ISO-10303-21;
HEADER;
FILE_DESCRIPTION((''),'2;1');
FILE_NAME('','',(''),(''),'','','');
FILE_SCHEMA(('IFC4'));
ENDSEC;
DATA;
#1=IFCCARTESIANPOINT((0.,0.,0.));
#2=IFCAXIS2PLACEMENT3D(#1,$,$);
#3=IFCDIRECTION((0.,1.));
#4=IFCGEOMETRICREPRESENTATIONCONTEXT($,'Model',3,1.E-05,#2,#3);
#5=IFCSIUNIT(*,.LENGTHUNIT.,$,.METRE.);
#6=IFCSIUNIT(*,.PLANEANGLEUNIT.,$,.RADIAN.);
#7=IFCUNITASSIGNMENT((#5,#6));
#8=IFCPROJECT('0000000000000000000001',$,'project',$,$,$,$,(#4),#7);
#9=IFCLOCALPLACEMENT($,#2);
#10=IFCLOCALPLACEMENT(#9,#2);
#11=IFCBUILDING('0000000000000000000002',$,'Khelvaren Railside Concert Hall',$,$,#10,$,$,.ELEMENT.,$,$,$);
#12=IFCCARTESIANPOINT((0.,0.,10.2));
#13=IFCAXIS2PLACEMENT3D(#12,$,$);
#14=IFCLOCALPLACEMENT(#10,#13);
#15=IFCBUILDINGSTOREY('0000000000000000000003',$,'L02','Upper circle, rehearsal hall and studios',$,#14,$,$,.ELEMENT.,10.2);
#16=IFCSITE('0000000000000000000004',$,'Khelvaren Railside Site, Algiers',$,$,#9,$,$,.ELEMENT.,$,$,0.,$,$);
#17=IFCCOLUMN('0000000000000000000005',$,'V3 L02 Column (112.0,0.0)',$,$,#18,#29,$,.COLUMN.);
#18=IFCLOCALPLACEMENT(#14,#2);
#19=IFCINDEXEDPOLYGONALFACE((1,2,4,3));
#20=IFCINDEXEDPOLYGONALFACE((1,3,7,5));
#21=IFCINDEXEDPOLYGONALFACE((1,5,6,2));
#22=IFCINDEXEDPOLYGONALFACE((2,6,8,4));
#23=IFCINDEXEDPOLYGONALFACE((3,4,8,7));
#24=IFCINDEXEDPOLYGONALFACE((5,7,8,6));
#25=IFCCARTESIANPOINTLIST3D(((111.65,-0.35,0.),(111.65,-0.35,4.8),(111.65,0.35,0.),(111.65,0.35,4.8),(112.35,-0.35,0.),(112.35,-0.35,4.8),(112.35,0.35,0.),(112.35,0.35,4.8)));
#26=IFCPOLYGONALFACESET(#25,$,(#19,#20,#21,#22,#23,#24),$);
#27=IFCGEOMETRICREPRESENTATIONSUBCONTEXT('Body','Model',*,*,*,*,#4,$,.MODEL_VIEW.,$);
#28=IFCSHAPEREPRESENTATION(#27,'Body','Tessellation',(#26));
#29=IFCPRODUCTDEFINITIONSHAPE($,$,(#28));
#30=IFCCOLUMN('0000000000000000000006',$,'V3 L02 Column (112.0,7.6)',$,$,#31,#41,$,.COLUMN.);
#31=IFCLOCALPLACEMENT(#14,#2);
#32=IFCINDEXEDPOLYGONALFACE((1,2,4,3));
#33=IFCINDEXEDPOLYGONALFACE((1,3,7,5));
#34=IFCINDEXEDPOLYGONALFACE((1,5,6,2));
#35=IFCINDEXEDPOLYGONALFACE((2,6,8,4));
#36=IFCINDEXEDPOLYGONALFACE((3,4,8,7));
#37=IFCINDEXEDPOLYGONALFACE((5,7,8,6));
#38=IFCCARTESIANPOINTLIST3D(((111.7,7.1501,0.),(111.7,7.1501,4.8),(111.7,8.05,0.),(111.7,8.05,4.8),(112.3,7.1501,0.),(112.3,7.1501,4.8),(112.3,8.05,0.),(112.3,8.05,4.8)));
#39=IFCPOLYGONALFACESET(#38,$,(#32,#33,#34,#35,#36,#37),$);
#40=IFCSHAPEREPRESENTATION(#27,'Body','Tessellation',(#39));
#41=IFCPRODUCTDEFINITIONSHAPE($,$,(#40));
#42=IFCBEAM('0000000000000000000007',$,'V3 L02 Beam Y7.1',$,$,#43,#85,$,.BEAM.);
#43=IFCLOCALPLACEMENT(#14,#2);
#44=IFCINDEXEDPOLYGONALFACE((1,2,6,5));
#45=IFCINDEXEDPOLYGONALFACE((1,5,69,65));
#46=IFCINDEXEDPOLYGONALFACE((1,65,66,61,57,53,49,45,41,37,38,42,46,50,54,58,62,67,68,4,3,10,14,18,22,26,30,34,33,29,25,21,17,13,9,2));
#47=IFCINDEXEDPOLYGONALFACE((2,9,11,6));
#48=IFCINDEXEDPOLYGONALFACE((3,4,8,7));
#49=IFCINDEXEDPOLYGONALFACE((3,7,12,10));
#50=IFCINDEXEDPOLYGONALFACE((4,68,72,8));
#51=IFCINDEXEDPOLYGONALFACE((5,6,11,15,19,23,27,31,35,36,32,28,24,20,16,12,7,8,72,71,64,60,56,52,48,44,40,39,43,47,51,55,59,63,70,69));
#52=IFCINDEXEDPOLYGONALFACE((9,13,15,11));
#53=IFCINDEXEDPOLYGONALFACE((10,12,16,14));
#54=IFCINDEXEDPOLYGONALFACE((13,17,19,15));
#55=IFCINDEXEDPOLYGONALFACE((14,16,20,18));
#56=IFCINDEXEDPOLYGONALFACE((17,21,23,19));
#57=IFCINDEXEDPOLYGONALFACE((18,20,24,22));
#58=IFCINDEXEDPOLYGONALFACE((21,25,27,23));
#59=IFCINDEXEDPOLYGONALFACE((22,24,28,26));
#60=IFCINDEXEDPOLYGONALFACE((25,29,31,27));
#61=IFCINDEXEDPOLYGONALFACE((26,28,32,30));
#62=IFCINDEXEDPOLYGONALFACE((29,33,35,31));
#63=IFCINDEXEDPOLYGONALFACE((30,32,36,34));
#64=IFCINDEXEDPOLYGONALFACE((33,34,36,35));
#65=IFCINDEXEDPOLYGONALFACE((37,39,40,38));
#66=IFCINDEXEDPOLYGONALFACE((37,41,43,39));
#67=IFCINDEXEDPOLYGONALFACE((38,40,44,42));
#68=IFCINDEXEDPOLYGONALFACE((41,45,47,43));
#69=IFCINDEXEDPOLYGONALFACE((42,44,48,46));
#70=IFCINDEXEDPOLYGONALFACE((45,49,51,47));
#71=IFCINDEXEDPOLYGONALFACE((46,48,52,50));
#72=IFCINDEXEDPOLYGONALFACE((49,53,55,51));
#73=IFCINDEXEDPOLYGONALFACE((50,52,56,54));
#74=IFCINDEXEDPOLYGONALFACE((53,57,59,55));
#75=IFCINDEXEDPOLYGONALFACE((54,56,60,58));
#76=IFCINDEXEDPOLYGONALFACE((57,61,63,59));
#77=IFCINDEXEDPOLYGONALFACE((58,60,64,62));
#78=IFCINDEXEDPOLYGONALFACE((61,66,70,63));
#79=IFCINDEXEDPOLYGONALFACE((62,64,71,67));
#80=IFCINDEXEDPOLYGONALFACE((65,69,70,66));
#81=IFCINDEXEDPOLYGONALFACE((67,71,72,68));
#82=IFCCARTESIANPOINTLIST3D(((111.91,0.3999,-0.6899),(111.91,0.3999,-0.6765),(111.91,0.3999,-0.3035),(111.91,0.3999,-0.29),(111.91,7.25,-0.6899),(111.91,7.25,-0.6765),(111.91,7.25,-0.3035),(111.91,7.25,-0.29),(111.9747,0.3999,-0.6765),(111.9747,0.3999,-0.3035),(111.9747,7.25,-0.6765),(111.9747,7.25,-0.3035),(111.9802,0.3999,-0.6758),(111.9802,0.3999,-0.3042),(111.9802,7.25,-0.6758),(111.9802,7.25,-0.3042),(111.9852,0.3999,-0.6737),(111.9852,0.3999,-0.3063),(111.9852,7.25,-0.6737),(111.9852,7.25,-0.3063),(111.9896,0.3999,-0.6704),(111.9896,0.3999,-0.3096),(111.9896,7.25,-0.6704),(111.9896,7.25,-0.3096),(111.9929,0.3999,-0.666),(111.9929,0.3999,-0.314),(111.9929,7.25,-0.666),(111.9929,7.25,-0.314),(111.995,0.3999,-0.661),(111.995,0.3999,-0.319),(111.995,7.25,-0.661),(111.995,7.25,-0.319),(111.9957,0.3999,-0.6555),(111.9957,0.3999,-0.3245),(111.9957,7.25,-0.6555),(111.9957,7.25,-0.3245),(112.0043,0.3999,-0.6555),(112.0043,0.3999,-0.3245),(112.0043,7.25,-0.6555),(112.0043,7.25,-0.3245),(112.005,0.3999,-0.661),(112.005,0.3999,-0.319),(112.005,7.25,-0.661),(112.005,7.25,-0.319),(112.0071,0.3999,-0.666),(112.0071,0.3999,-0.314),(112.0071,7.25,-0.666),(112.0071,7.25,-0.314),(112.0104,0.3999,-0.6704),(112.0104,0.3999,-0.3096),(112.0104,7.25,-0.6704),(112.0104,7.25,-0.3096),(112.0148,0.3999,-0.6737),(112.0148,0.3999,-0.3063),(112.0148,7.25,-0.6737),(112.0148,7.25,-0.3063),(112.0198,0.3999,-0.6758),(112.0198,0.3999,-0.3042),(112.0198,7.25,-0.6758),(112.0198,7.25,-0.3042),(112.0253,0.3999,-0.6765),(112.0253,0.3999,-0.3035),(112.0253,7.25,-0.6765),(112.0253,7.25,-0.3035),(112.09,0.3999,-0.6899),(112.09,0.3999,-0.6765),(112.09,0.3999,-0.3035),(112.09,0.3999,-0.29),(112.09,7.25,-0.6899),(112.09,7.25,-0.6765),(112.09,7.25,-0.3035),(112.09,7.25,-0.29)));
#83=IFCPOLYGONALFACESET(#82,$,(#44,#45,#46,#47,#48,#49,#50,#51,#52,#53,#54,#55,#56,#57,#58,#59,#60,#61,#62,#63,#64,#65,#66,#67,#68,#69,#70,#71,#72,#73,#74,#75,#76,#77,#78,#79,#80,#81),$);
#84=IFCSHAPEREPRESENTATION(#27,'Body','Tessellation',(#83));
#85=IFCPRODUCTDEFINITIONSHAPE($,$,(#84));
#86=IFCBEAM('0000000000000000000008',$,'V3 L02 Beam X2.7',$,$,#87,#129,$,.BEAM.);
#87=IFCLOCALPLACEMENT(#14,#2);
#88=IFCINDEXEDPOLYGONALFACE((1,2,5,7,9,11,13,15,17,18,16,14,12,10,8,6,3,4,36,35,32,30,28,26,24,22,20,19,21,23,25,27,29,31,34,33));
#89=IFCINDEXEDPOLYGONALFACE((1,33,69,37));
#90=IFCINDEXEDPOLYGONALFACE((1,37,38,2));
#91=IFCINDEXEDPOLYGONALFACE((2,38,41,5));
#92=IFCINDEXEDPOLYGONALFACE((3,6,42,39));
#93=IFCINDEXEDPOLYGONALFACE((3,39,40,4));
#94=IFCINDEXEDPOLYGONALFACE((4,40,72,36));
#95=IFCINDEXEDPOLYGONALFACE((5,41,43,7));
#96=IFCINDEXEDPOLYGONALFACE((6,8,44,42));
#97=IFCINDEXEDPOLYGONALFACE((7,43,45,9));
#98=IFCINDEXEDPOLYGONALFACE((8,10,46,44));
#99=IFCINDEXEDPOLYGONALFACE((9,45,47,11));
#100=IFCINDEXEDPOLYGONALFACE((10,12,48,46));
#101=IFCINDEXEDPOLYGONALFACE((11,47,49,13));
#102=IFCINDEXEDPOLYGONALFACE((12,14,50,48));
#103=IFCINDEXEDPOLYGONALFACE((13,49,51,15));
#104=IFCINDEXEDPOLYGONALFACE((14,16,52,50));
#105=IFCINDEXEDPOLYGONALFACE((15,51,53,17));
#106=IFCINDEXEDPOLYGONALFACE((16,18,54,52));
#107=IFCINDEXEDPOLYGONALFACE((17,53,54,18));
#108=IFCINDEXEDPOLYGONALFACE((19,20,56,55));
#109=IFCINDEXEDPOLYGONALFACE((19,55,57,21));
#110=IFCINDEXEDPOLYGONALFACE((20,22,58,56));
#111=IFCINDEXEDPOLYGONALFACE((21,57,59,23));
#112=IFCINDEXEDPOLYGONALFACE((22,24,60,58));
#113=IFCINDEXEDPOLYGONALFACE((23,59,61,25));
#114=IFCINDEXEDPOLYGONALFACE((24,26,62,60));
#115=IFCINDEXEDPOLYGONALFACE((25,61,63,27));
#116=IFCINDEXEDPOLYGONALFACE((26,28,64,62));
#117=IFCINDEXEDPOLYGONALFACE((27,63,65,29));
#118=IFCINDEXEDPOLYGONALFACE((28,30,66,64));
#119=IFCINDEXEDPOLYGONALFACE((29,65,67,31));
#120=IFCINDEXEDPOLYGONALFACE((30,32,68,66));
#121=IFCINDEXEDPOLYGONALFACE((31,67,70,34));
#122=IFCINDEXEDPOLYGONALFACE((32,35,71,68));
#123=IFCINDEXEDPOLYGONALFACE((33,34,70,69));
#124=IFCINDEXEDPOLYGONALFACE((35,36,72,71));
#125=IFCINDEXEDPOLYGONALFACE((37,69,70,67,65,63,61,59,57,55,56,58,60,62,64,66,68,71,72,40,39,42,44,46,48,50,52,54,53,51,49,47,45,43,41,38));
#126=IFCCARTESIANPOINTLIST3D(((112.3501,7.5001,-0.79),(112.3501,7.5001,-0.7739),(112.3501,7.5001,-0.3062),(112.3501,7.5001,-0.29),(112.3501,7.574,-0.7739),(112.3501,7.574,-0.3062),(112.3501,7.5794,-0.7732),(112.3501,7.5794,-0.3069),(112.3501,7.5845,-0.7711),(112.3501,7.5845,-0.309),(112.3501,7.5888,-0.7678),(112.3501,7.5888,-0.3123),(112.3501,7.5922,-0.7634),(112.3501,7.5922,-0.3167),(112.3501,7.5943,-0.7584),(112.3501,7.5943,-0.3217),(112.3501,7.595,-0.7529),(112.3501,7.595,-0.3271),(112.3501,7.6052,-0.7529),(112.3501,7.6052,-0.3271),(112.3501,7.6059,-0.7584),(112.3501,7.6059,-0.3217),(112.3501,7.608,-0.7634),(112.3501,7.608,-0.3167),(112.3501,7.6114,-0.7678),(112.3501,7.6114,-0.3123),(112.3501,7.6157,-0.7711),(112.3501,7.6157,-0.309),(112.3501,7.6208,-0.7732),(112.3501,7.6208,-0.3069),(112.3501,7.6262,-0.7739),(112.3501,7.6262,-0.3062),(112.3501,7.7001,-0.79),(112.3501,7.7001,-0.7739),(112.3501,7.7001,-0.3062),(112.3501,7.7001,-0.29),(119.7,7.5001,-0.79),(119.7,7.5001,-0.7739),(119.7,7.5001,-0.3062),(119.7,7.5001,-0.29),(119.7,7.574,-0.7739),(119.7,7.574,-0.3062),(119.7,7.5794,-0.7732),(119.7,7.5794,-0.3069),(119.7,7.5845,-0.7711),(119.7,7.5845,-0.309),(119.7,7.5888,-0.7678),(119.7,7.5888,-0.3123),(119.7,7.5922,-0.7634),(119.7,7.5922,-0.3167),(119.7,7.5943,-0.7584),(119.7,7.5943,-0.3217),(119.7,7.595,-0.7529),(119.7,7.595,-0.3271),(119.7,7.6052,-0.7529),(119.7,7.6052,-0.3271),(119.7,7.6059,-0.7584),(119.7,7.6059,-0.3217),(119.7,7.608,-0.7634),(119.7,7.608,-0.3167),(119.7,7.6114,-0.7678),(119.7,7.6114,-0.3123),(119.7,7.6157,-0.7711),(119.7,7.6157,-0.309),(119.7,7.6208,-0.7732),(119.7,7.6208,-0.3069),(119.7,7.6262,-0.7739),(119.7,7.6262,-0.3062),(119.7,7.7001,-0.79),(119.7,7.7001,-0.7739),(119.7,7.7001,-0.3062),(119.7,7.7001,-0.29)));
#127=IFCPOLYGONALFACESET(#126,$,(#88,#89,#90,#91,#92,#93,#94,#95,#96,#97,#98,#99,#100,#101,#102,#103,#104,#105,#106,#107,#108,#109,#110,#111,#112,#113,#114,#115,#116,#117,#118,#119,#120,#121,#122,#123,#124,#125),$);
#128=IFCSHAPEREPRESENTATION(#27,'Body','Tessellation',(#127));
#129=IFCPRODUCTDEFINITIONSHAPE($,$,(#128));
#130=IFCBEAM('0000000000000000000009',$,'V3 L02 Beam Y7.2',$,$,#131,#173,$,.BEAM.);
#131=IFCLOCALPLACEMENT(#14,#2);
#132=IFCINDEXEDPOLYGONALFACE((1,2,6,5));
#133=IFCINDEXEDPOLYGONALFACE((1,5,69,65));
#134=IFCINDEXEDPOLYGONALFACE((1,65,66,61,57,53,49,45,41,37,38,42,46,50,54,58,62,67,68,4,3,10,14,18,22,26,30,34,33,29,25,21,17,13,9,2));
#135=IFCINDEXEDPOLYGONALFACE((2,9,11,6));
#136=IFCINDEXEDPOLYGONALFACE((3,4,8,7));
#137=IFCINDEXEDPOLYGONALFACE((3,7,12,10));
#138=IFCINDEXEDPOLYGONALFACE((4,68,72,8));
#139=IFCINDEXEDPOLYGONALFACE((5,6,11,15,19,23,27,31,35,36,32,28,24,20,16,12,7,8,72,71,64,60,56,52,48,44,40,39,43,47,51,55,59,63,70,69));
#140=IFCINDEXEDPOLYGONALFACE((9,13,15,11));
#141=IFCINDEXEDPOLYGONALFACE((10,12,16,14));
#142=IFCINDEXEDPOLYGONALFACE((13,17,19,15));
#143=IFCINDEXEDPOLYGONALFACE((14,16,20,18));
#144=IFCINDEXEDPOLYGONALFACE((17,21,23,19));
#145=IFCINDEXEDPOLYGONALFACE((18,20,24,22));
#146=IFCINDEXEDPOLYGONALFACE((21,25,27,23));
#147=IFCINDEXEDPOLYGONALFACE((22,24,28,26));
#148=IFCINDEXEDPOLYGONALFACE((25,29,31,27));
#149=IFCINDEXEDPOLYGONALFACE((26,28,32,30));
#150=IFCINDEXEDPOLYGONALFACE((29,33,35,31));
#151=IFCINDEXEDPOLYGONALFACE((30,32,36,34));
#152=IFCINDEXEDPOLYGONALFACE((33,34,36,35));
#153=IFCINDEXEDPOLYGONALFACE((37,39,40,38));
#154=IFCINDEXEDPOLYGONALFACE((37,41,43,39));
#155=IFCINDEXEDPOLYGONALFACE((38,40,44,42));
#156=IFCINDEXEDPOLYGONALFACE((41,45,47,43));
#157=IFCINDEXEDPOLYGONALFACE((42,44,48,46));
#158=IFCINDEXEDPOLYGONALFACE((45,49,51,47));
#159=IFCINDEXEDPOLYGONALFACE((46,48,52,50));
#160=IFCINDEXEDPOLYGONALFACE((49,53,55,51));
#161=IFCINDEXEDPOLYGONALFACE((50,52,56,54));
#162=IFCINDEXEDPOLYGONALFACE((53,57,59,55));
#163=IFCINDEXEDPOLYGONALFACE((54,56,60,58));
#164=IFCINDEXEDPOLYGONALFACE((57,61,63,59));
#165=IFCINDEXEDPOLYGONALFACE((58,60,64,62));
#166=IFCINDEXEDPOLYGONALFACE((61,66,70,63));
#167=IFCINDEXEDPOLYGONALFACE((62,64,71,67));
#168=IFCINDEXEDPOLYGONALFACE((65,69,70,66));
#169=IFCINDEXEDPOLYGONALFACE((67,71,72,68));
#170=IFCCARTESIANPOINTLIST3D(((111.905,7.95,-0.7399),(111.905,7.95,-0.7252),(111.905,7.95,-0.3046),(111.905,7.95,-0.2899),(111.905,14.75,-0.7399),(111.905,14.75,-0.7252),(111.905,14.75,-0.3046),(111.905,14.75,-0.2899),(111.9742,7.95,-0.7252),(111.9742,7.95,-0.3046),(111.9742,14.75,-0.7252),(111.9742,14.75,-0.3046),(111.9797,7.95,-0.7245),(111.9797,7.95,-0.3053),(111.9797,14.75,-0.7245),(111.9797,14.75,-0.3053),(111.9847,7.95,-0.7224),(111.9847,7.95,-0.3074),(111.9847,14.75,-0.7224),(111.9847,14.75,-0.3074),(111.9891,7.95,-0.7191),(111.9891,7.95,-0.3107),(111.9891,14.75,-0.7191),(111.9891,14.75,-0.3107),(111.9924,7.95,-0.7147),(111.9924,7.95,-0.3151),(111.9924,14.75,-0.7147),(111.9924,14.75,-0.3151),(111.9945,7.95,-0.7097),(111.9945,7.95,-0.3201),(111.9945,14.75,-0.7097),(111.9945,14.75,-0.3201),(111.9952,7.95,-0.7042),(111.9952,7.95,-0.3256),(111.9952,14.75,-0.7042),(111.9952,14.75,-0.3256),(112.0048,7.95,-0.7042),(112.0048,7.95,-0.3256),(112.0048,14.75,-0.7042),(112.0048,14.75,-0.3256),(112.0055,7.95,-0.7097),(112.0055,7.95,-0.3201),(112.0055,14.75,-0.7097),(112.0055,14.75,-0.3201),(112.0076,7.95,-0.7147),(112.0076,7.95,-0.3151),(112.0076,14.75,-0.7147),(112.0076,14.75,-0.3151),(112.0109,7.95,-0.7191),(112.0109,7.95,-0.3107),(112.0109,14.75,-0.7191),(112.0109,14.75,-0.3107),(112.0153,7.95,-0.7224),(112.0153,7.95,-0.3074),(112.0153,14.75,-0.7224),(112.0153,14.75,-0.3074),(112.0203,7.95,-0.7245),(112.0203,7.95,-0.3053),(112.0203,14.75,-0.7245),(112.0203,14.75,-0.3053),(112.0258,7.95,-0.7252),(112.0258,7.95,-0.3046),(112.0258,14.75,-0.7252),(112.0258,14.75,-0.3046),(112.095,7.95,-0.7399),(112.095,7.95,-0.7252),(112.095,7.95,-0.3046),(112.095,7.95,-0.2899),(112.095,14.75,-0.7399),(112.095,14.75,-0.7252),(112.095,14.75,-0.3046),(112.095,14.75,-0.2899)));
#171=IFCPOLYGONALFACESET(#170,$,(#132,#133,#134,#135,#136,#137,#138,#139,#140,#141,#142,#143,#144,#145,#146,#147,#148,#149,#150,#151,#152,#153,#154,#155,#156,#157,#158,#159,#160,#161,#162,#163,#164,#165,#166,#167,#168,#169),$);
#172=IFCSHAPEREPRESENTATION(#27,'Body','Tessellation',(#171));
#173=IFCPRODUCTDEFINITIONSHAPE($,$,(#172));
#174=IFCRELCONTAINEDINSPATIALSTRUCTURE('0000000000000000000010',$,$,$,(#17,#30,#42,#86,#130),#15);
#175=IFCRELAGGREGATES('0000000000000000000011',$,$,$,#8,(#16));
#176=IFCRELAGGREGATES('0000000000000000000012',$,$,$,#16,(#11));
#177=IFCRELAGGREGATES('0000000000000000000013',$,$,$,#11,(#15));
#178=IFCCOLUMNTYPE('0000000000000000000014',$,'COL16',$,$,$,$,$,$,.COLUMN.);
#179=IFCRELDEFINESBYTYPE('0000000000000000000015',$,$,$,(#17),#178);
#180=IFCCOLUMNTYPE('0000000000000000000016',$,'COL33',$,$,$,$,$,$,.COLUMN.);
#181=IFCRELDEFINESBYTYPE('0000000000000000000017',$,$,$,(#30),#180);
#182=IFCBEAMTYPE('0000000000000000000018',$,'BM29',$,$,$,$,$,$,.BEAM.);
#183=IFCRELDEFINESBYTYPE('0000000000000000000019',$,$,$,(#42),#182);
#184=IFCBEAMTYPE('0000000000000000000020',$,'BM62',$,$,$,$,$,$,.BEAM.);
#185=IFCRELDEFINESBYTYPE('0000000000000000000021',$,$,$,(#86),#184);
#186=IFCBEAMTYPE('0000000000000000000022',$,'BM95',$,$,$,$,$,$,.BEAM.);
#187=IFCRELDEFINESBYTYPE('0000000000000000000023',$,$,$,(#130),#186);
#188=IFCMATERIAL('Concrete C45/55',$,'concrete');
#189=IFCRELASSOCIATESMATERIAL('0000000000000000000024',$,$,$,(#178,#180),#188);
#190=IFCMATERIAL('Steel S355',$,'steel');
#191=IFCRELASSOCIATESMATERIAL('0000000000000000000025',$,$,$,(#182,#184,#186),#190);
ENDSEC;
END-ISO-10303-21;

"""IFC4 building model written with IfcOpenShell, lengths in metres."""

from ifc_helpers import new_model, si_unit, direction, frame, origin, origin_2d, place, context, subcontext, project, spatial, rectangle, i_section, extrude, material, material_profile, profile_set, type_object, element, save


model = new_model("IFC4")

# Units and contexts
model_context = context("Model", 3, precision=1e-05, world=origin(), true_north=direction((0.0, 1.0)))
body_context = subcontext(model_context, "Body", "Model", "MODEL_VIEW")
ifc_project = project(units=[si_unit("LENGTHUNIT", "METRE"), si_unit("PLANEANGLEUNIT", "RADIAN")], contexts=[model_context])

# Site, building, storey
site_placement = place(None, origin())
site = spatial("IfcSite", under=ifc_project, at=site_placement, Name="Khelvaren Railside Site, Algiers", CompositionType="ELEMENT", RefElevation=0.0)
building_placement = place(site_placement, origin())
building = spatial("IfcBuilding", under=site, at=building_placement, Name="Khelvaren Railside Concert Hall", CompositionType="ELEMENT")
storey_placement = place(building_placement, frame((0.0, 0.0, 10.2)))
storey = spatial("IfcBuildingStorey", under=building, at=storey_placement, Name="L02", Description="Upper circle, rehearsal hall and studios", CompositionType="ELEMENT", Elevation=10.2)

# Columns
ifc_material_1 = material(Name="Concrete C45/55", Category="concrete")
ifc_material_profile_1 = material_profile(ifc_material_1, rectangle(XDim=0.7, YDim=0.7, at=origin_2d()), Name="RC 700x700")
ifc_profile_set_1 = profile_set([ifc_material_profile_1], Name="Concrete C45/55")
column_type_1 = type_object("IfcColumnType", Name="COL16", PredefinedType="COLUMN", material=ifc_profile_set_1)
column_1_placement = place(storey_placement, frame((112.0, 0.0, 0.0), z_axis=(0.0, 0.0, 1.0), x_axis=(1.0, 0.0, 0.0)))
element("IfcColumn", 1, at=column_1_placement, inside=storey, type_object=column_type_1, Name="V3 L02 Column (112.0,0.0)", PredefinedType="COLUMN", context=body_context, shape_type="SweptSolid", body=[
    extrude(rectangle(XDim=0.7, YDim=0.7, at=origin_2d()), origin(), (0.0, 0.0, 1.0), 4.8),
])
ifc_material_profile_2 = material_profile(ifc_material_1, rectangle(XDim=0.6001, YDim=0.8999, at=origin_2d()), Name="RC 600x900")
ifc_profile_set_2 = profile_set([ifc_material_profile_2], Name="Concrete C45/55")
column_type_2 = type_object("IfcColumnType", Name="COL33", PredefinedType="COLUMN", material=ifc_profile_set_2)
column_2_placement = place(storey_placement, frame((112.0, 7.6001, 0.0), z_axis=(0.0, 0.0, 1.0), x_axis=(1.0, 0.0, 0.0)))
element("IfcColumn", 2, at=column_2_placement, inside=storey, type_object=column_type_2, Name="V3 L02 Column (112.0,7.6)", PredefinedType="COLUMN", context=body_context, shape_type="SweptSolid", body=[
    extrude(rectangle(XDim=0.6001, YDim=0.8999, at=origin_2d()), origin(), (0.0, 0.0, 1.0), 4.8),
])

# Beams
ifc_material_2 = material(Name="Steel S355", Category="steel")
ifc_material_profile_3 = material_profile(ifc_material_2, i_section(OverallWidth=0.1799, OverallDepth=0.3999, WebThickness=0.0085, FlangeThickness=0.0134, FilletRadius=0.021, at=origin_2d()), Name="IPE 400")
ifc_profile_set_3 = profile_set([ifc_material_profile_3], Name="Steel S355")
beam_type_1 = type_object("IfcBeamType", Name="BM29", PredefinedType="BEAM", material=ifc_profile_set_3)
beam_1_placement = place(storey_placement, frame((112.0, 0.3999, -0.49), z_axis=(0.0, 1.0, 0.0), x_axis=(-1.0, 0.0, 0.0)))
element("IfcBeam", 3, at=beam_1_placement, inside=storey, type_object=beam_type_1, Name="V3 L02 Beam Y7.1", PredefinedType="BEAM", context=body_context, shape_type="SweptSolid", body=[
    extrude(i_section(OverallWidth=0.1799, OverallDepth=0.3999, WebThickness=0.0085, FlangeThickness=0.0134, FilletRadius=0.021, at=origin_2d()), origin(), (0.0, 0.0, 1.0), 6.8501),
])
ifc_material_profile_4 = material_profile(ifc_material_2, i_section(OverallWidth=0.2, OverallDepth=0.5, WebThickness=0.0103, FlangeThickness=0.0161, FilletRadius=0.021, at=origin_2d()), Name="IPE 500")
ifc_profile_set_4 = profile_set([ifc_material_profile_4], Name="Steel S355")
beam_type_2 = type_object("IfcBeamType", Name="BM62", PredefinedType="BEAM", material=ifc_profile_set_4)
beam_2_placement = place(storey_placement, frame((112.3501, 7.6001, -0.54), z_axis=(1.0, 0.0, 0.0), x_axis=(0.0, 1.0, 0.0)))
element("IfcBeam", 4, at=beam_2_placement, inside=storey, type_object=beam_type_2, Name="V3 L02 Beam X2.7", PredefinedType="BEAM", context=body_context, shape_type="SweptSolid", body=[
    extrude(i_section(OverallWidth=0.2, OverallDepth=0.5, WebThickness=0.0103, FlangeThickness=0.0161, FilletRadius=0.021, at=origin_2d()), origin(), (0.0, 0.0, 1.0), 7.3499),
])
ifc_material_profile_5 = material_profile(ifc_material_2, i_section(OverallWidth=0.1899, OverallDepth=0.45, WebThickness=0.0095, FlangeThickness=0.0146, FilletRadius=0.021, at=origin_2d()), Name="IPE 450")
ifc_profile_set_5 = profile_set([ifc_material_profile_5], Name="Steel S355")
beam_type_3 = type_object("IfcBeamType", Name="BM95", PredefinedType="BEAM", material=ifc_profile_set_5)
beam_3_placement = place(storey_placement, frame((112.0, 7.95, -0.5149), z_axis=(0.0, 1.0, 0.0), x_axis=(-1.0, 0.0, 0.0)))
element("IfcBeam", 5, at=beam_3_placement, inside=storey, type_object=beam_type_3, Name="V3 L02 Beam Y7.2", PredefinedType="BEAM", context=body_context, shape_type="SweptSolid", body=[
    extrude(i_section(OverallWidth=0.1899, OverallDepth=0.45, WebThickness=0.0095, FlangeThickness=0.0146, FilletRadius=0.021, at=origin_2d()), origin(), (0.0, 0.0, 1.0), 6.8),
])

save(model, "model.ifc")
